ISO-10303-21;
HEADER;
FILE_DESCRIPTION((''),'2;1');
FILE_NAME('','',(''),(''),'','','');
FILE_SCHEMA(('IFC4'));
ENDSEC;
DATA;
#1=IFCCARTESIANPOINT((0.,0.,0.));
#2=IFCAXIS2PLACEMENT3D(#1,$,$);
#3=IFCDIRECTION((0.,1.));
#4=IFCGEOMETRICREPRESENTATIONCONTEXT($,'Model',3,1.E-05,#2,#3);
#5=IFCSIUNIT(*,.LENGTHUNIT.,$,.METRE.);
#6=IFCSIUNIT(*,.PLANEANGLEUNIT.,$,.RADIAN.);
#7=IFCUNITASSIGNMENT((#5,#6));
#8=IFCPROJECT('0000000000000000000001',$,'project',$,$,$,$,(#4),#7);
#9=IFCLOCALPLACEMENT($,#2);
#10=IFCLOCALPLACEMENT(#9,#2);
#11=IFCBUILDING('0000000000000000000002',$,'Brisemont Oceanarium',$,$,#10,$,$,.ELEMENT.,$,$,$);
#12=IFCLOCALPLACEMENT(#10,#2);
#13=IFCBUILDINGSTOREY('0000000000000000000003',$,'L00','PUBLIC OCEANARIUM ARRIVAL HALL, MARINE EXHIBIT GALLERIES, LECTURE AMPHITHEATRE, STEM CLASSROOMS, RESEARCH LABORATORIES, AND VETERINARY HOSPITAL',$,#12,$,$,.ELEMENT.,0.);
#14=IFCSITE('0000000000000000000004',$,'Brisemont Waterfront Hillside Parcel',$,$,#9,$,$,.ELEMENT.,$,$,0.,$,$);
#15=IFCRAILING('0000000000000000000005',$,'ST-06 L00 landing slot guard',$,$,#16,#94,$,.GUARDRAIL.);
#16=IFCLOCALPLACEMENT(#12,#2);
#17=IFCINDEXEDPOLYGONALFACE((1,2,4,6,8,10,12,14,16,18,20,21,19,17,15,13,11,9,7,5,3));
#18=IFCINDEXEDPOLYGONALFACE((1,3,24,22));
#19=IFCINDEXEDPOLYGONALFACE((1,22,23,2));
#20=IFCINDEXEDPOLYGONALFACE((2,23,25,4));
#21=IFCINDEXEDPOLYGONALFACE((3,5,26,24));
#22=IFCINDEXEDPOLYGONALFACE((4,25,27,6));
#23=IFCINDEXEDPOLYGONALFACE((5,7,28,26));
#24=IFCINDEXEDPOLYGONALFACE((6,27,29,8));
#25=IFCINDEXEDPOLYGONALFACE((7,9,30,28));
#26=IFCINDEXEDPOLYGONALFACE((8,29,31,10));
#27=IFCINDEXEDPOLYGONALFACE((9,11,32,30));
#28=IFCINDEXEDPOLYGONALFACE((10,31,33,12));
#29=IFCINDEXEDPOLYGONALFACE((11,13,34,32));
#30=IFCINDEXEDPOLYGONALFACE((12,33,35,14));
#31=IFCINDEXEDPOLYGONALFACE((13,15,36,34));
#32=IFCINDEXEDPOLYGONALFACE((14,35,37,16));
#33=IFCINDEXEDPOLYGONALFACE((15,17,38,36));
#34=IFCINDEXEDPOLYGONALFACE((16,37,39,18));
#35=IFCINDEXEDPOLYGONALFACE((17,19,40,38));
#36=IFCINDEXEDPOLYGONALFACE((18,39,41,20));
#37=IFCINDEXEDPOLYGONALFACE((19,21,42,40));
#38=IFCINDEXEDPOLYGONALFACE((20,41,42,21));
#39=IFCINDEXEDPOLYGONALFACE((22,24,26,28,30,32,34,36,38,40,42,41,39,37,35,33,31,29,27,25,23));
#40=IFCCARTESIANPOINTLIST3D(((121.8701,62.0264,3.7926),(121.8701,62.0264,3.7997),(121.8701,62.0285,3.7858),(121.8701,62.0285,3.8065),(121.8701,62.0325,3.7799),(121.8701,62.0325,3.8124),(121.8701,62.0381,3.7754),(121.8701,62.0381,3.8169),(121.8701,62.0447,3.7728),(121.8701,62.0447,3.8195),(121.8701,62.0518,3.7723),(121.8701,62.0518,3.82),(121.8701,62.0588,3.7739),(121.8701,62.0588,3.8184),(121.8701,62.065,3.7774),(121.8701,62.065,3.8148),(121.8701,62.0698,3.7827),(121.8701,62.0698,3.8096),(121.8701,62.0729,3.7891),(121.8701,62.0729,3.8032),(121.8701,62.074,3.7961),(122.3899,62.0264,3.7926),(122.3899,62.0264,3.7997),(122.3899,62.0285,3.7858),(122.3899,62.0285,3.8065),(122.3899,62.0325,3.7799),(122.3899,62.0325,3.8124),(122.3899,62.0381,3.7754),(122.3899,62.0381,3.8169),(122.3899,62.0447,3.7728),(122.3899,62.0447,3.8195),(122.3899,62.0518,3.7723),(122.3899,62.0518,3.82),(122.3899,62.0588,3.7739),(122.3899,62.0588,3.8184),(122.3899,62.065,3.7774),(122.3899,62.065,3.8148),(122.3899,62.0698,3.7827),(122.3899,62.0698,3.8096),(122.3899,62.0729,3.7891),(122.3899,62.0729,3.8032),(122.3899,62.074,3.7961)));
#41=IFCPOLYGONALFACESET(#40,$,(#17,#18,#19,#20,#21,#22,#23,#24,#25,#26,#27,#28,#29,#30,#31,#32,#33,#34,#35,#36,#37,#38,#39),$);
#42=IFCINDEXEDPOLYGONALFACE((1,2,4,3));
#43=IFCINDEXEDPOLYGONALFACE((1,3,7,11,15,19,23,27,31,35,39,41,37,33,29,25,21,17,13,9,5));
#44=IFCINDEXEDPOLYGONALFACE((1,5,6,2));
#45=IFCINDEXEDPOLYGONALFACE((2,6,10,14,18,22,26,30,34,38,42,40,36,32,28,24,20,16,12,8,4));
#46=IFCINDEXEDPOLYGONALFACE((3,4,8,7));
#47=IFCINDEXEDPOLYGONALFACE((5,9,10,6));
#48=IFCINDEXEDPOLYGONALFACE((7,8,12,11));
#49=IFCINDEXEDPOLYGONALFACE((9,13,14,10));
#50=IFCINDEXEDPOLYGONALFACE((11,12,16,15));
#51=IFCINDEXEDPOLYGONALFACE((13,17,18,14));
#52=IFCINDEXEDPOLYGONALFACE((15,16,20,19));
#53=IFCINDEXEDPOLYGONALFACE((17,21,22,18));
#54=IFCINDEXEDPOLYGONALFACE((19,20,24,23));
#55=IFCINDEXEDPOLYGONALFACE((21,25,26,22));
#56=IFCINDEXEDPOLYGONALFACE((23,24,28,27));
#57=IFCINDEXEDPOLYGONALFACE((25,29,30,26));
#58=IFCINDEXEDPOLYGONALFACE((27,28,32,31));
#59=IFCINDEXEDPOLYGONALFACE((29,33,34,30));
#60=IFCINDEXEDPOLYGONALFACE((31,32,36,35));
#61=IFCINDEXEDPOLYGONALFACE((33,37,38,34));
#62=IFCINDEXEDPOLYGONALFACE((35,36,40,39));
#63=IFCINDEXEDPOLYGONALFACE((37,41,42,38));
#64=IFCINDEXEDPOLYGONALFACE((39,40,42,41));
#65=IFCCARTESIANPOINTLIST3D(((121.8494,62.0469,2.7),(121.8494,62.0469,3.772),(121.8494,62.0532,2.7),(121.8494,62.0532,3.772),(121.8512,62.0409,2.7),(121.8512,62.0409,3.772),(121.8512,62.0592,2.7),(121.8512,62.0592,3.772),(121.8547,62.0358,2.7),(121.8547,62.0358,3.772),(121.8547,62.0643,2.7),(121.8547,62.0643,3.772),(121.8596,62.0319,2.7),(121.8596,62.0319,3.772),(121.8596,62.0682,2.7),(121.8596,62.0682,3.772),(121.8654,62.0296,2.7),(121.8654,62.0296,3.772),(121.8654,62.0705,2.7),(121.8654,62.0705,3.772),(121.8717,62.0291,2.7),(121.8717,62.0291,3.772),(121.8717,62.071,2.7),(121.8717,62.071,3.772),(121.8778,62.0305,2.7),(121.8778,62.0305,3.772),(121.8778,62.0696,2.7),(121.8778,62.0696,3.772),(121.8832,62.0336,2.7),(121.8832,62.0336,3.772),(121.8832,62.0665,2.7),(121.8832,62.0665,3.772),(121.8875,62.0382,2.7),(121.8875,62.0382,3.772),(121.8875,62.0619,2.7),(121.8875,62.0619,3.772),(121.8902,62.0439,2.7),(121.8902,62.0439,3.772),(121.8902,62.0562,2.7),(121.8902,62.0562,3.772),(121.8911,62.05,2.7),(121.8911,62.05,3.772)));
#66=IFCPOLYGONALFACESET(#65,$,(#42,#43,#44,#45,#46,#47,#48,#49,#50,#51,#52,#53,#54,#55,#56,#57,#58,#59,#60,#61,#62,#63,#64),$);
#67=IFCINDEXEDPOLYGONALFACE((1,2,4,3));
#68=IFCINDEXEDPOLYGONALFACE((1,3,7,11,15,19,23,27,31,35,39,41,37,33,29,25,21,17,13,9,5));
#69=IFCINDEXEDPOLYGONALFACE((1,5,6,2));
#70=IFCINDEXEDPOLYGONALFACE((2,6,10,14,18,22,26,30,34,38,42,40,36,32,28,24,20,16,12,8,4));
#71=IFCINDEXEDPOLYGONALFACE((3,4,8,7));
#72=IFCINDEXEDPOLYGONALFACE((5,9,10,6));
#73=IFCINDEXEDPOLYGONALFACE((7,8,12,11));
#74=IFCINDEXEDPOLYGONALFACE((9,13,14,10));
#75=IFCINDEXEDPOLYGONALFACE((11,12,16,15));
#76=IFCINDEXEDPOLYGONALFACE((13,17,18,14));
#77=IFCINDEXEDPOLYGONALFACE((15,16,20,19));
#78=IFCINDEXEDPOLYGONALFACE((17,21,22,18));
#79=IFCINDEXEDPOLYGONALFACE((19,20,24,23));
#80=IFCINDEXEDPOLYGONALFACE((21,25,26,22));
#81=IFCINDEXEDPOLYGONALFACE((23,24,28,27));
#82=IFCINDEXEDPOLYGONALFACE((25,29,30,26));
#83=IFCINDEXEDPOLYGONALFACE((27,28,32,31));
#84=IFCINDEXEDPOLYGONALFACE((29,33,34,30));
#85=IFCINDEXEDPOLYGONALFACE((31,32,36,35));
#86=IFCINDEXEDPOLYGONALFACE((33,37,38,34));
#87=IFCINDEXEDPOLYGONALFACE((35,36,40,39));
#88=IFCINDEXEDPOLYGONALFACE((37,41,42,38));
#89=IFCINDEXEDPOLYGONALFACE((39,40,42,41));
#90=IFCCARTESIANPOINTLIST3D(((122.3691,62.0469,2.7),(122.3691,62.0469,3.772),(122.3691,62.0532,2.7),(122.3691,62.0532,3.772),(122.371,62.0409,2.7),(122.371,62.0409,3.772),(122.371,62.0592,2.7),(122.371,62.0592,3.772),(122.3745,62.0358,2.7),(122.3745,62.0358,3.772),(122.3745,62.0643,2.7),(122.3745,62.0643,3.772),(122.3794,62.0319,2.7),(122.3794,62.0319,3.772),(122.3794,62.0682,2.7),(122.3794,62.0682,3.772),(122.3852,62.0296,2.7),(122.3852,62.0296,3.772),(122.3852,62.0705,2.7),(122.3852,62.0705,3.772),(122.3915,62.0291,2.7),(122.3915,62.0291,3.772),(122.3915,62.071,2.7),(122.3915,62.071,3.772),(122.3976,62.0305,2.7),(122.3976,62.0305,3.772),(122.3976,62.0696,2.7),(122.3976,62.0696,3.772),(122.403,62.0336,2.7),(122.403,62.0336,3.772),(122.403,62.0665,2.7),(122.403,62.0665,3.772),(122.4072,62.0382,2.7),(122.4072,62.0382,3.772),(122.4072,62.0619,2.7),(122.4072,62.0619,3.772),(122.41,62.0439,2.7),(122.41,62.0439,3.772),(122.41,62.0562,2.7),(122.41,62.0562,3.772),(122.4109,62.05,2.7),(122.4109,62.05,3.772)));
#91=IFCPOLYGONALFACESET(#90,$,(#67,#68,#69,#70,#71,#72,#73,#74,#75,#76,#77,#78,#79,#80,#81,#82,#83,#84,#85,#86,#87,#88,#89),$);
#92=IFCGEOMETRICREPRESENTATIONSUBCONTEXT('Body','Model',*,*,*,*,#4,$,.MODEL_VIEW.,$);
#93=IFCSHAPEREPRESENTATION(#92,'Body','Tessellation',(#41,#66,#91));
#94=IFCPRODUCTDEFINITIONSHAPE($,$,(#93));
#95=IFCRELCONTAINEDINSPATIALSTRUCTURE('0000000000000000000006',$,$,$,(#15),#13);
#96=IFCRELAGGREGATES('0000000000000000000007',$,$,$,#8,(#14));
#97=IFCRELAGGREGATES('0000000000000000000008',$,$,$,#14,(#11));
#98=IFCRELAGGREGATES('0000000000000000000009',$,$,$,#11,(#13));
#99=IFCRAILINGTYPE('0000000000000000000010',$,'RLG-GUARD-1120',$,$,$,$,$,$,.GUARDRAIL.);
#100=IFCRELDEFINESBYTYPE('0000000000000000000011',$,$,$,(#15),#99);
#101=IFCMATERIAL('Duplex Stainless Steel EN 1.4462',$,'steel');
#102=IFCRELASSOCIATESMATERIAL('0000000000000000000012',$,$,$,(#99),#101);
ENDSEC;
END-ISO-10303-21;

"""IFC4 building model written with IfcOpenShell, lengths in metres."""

from ifc_helpers import new_model, si_unit, direction, frame, origin, origin_2d, place, context, subcontext, project, spatial, circle, extrude, material, type_object, element, save


model = new_model("IFC4")

# Units and contexts
model_context = context("Model", 3, precision=1e-05, world=origin(), true_north=direction((0.0, 1.0)))
body_context = subcontext(model_context, "Body", "Model", "MODEL_VIEW")
ifc_project = project(units=[si_unit("LENGTHUNIT", "METRE"), si_unit("PLANEANGLEUNIT", "RADIAN")], contexts=[model_context])

# Site, building, storey
site_placement = place(None, origin())
site = spatial("IfcSite", under=ifc_project, at=site_placement, Name="Brisemont Waterfront Hillside Parcel", CompositionType="ELEMENT", RefElevation=0.0)
building_placement = place(site_placement, origin())
building = spatial("IfcBuilding", under=site, at=building_placement, Name="Brisemont Oceanarium", CompositionType="ELEMENT")
storey_placement = place(building_placement, origin())
storey = spatial("IfcBuildingStorey", under=building, at=storey_placement, Name="L00", Description="PUBLIC OCEANARIUM ARRIVAL HALL, MARINE EXHIBIT GALLERIES, LECTURE AMPHITHEATRE, STEM CLASSROOMS, RESEARCH LABORATORIES, AND VETERINARY HOSPITAL", CompositionType="ELEMENT", Elevation=0.0)

# Railing
ifc_material_1 = material(Name="Duplex Stainless Steel EN 1.4462", Category="steel")
railing_type_1 = type_object("IfcRailingType", Name="RLG-GUARD-1120", PredefinedType="GUARDRAIL", material=ifc_material_1)
railing_1_placement = place(storey_placement, frame((121.8701, 62.05, 2.7)))
element("IfcRailing", 1, at=railing_1_placement, inside=storey, type_object=railing_type_1, Name="ST-06 L00 landing slot guard", PredefinedType="GUARDRAIL", context=body_context, shape_type="SweptSolid", body=[
    extrude(circle(Radius=0.0239, at=origin_2d()), frame((0.0, 0.0, 1.0962), z_axis=(1.0, 0.0, 0.0), x_axis=(0.0, 1.0, 0.0)), (0.0, 0.0, 1.0), 0.5198),
    extrude(circle(Radius=0.021, at=origin_2d()), origin(), (0.0, 0.0, 1.0), 1.072),
    extrude(circle(Radius=0.021, at=origin_2d()), frame((0.5198, 0.0, 0.0)), (0.0, 0.0, 1.0), 1.072),
])

save(model, "model.ifc")
